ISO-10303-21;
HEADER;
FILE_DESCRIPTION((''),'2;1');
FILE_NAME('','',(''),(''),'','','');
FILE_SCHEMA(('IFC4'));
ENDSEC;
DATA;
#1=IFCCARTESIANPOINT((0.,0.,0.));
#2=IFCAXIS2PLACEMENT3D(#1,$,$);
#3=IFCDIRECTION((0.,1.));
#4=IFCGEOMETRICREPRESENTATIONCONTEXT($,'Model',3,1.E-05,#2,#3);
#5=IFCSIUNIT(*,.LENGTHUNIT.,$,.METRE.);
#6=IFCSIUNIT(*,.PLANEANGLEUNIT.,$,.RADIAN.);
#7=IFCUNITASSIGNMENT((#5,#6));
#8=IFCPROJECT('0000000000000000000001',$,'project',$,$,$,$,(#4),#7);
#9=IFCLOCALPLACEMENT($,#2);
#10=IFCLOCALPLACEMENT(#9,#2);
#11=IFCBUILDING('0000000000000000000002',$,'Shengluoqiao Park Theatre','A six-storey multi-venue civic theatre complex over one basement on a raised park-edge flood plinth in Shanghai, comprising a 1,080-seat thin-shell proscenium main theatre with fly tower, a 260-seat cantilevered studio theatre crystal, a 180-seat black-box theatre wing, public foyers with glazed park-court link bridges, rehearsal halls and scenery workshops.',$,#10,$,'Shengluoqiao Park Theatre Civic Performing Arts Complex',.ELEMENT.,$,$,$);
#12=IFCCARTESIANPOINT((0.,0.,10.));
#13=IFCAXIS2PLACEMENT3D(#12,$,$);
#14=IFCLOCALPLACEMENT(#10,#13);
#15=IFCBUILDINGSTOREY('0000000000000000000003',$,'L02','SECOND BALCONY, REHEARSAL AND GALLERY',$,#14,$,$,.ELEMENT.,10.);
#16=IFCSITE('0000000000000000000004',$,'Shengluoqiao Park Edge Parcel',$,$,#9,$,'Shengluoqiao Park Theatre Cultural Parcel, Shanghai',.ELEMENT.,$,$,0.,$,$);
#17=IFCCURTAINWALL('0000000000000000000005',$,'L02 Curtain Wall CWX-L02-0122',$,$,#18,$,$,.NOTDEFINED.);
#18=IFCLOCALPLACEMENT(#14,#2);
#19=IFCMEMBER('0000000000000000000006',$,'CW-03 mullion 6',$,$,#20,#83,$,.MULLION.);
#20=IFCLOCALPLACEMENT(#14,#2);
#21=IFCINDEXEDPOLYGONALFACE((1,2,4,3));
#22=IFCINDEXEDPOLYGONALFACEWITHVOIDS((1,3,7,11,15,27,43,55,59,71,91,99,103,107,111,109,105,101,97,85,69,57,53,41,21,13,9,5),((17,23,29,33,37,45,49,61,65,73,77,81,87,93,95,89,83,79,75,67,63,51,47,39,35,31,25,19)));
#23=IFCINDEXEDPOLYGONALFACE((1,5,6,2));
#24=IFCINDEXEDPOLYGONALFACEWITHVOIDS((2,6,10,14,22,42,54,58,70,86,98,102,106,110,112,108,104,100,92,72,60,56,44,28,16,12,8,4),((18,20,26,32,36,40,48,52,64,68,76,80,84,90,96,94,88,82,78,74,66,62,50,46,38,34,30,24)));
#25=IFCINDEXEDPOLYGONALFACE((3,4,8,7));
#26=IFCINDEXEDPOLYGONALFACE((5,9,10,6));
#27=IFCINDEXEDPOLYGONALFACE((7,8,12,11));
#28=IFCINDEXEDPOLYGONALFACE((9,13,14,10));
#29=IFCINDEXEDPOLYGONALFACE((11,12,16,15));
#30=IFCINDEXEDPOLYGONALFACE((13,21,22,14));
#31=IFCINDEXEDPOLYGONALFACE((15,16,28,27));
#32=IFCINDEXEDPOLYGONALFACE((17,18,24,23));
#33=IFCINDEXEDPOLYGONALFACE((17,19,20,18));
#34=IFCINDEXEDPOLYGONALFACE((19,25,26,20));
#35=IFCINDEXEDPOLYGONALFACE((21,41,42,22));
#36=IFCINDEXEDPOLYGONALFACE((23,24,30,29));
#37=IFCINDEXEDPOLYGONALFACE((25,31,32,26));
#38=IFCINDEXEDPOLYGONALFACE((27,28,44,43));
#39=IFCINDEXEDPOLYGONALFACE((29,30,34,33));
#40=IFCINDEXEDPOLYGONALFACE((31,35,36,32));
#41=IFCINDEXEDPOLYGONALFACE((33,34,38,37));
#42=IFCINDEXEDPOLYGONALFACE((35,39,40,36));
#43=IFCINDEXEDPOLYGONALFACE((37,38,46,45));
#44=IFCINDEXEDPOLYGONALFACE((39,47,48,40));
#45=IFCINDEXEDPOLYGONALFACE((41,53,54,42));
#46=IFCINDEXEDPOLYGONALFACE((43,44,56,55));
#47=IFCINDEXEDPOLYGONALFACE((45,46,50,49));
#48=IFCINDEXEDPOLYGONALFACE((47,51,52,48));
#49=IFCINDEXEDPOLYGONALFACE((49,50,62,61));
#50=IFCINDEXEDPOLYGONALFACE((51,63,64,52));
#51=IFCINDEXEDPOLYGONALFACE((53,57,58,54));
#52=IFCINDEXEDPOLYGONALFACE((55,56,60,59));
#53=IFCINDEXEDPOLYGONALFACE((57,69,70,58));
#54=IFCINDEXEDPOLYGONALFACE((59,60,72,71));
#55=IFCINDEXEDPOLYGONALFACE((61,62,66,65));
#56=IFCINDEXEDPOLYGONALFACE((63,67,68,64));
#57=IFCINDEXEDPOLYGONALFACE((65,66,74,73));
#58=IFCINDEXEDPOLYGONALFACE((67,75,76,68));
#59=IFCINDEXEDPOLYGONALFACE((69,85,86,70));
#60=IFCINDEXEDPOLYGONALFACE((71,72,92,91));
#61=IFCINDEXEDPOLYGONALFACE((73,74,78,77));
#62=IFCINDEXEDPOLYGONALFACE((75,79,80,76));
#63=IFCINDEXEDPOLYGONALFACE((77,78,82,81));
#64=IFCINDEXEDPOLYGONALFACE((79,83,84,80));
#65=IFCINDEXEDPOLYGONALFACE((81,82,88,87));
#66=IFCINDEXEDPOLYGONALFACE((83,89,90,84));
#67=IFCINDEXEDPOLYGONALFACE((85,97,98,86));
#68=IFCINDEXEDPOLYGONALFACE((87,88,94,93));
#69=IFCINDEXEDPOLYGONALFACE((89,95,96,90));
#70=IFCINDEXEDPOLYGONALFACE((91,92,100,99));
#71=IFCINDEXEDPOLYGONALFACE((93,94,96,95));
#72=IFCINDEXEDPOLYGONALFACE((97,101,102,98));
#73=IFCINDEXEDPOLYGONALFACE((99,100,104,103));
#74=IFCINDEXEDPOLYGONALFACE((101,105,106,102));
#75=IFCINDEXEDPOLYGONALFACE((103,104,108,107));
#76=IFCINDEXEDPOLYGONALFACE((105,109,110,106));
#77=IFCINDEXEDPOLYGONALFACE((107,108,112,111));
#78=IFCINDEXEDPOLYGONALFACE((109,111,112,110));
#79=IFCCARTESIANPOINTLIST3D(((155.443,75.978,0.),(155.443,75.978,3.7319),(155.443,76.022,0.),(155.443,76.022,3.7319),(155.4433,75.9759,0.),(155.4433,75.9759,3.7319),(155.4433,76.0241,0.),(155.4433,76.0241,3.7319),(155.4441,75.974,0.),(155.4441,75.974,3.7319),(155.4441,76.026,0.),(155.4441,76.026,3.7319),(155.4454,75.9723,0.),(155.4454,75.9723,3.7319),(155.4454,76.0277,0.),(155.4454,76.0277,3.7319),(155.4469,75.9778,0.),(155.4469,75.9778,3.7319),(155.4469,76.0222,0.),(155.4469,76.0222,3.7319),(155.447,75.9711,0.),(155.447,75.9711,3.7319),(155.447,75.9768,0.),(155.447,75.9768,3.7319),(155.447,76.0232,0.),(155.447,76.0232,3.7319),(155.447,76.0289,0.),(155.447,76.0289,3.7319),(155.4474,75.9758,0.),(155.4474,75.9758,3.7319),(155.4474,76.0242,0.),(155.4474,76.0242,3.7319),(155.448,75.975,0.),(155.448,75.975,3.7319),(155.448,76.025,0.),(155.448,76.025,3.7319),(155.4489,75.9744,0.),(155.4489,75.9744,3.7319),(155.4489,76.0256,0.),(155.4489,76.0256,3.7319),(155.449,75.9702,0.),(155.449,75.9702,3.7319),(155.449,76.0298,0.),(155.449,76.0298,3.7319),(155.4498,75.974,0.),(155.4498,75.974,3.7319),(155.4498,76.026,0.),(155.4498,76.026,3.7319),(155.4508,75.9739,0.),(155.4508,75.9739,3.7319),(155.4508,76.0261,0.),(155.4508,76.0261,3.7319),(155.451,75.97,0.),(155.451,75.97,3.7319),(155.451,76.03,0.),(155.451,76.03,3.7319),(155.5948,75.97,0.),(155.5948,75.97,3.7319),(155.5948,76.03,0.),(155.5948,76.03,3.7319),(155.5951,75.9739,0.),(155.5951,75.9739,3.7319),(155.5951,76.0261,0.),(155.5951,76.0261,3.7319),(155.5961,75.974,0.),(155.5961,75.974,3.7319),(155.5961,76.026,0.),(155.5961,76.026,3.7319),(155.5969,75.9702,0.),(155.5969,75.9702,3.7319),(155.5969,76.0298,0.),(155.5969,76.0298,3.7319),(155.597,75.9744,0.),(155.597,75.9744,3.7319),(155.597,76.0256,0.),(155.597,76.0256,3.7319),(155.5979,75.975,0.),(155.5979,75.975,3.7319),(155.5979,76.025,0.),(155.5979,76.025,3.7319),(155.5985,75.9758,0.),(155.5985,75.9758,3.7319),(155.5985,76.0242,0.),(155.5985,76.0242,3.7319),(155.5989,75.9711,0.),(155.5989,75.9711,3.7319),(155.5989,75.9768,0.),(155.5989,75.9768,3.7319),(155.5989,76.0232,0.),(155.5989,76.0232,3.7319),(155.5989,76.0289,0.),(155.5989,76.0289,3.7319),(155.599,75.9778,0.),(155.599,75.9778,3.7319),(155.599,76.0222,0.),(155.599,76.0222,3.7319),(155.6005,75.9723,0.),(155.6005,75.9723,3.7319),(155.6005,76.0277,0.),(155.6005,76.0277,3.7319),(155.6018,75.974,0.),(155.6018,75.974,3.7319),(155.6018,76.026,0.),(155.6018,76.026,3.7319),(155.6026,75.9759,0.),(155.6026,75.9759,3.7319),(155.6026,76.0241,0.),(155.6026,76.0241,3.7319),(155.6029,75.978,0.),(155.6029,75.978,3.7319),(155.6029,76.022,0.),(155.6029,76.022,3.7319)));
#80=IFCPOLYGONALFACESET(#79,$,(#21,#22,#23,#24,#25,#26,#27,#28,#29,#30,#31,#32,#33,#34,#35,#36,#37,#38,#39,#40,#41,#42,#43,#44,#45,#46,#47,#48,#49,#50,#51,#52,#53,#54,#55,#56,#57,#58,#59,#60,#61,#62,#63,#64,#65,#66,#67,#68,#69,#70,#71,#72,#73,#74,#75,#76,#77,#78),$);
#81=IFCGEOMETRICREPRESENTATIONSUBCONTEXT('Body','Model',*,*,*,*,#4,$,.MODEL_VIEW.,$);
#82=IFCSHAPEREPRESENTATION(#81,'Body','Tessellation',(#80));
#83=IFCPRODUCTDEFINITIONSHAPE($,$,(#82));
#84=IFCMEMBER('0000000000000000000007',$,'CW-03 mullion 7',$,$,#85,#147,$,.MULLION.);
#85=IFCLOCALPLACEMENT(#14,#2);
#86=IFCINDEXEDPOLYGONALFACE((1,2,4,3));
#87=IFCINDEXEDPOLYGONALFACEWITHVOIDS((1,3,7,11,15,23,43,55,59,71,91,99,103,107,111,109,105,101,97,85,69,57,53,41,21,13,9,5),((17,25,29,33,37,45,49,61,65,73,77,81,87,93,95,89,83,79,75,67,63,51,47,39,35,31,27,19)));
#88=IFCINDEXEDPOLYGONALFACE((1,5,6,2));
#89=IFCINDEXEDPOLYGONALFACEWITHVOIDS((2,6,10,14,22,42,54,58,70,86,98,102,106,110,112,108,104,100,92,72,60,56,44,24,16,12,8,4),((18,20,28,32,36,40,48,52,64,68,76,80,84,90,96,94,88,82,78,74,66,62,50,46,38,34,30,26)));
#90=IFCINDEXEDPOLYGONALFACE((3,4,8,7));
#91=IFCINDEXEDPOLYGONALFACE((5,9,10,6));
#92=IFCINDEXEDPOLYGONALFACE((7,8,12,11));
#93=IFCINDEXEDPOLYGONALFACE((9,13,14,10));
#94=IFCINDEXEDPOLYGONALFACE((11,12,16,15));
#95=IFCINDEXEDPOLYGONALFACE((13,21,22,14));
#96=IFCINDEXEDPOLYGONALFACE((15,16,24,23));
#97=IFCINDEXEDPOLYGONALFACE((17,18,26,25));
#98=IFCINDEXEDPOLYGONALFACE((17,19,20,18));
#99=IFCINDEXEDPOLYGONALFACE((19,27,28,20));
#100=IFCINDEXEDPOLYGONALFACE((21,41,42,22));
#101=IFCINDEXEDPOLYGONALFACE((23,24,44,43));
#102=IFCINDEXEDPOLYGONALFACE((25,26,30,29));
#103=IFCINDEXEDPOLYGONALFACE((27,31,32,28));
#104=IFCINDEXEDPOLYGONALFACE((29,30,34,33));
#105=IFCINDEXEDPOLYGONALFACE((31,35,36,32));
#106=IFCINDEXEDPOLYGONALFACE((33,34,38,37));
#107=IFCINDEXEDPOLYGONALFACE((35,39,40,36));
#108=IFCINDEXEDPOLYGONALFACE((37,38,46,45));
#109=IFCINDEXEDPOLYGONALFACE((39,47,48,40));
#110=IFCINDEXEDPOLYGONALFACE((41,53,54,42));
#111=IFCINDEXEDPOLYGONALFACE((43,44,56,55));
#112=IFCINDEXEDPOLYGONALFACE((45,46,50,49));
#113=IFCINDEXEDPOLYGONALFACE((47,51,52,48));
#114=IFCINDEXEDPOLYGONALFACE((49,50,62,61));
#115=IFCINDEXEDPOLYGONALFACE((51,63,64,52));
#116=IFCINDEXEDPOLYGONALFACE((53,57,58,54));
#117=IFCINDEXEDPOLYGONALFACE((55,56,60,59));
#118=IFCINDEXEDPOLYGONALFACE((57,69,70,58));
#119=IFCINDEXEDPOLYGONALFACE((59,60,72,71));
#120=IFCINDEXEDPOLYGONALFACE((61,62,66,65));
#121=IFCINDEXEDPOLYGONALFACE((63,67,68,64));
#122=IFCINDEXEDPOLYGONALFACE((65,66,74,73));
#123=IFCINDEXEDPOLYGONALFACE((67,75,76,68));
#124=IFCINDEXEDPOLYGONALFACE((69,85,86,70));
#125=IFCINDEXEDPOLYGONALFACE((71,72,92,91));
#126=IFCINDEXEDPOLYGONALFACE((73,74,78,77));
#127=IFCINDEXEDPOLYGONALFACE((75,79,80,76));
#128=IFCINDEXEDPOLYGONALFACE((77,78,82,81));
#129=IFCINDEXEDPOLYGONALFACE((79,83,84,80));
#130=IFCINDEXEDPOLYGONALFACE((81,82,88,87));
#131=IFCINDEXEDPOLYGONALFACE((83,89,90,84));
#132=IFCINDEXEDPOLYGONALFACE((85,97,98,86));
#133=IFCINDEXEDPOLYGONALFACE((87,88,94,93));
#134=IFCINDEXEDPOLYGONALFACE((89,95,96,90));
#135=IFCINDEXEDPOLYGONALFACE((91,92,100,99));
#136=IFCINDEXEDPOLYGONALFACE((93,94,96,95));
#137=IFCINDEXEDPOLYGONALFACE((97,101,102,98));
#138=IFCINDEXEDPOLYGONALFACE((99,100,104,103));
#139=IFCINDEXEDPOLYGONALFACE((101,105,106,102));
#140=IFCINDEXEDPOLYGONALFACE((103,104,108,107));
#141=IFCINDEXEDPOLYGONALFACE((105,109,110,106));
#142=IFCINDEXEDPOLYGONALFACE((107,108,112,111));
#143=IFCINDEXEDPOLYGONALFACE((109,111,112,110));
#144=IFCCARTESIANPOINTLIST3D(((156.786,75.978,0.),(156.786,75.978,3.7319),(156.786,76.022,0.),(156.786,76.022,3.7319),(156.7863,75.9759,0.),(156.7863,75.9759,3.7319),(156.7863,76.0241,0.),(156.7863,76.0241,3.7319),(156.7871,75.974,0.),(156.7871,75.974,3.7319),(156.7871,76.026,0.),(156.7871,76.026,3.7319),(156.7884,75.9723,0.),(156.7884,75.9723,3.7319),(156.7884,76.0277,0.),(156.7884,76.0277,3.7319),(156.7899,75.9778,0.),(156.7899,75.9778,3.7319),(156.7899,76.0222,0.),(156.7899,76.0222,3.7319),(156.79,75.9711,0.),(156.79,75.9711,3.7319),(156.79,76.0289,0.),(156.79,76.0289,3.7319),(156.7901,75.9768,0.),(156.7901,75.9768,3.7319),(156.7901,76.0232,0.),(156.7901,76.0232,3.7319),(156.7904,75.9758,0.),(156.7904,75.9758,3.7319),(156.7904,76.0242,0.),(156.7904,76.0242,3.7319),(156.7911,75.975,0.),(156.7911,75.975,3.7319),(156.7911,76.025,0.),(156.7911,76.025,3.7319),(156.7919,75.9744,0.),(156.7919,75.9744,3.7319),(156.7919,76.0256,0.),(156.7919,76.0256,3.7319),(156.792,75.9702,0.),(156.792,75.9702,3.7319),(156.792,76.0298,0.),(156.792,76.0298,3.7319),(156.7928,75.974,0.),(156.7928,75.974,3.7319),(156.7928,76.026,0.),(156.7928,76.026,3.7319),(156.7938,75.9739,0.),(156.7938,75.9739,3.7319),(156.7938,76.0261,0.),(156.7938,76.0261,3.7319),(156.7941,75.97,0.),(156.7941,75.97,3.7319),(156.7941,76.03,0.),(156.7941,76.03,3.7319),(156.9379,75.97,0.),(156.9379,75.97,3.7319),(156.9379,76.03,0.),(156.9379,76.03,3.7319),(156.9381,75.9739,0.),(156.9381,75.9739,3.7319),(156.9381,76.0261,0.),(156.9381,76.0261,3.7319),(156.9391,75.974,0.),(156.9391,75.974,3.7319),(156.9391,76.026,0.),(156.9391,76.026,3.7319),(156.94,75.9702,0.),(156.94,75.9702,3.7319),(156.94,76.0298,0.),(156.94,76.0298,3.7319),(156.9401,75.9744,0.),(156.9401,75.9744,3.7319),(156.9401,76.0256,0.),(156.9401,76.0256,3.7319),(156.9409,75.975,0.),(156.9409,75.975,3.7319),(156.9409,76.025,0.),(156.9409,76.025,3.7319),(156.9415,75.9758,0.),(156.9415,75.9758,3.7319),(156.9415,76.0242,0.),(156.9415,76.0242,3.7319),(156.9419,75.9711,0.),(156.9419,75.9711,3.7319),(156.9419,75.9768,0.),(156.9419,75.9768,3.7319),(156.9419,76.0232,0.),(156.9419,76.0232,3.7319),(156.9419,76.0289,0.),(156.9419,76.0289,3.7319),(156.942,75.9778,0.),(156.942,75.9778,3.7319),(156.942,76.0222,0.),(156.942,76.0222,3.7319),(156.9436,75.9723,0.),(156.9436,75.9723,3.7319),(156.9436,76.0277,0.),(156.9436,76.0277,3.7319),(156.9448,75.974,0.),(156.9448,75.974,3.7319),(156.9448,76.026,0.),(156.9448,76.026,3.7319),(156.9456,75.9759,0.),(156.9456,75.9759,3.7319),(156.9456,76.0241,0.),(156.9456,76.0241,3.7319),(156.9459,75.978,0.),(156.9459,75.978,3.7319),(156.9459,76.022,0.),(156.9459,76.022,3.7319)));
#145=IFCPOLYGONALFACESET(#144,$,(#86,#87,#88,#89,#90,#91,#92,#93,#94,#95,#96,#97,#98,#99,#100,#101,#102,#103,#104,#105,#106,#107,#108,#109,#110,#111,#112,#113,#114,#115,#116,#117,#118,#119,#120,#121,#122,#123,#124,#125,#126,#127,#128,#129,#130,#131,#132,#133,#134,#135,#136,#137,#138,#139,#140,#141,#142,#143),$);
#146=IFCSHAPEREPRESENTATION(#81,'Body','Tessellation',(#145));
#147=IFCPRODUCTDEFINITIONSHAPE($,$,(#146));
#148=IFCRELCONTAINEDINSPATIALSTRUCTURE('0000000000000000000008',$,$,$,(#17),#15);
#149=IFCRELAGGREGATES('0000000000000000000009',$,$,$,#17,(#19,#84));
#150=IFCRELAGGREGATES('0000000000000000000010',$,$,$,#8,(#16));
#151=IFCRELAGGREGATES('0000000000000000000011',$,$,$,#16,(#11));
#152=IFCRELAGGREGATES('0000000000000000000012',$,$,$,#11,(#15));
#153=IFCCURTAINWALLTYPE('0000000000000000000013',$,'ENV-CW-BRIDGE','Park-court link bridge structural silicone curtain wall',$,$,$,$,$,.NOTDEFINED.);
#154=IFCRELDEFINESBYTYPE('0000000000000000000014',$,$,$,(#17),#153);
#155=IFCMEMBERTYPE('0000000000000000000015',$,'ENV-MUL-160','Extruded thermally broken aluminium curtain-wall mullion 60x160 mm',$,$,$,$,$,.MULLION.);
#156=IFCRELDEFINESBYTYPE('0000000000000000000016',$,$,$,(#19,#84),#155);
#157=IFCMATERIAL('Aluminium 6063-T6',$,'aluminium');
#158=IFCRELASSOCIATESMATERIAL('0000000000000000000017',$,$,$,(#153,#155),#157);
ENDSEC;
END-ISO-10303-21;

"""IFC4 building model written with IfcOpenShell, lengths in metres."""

from ifc_helpers import new_model, si_unit, direction, frame, origin, origin_2d, place, context, subcontext, project, spatial, hollow_rectangle, extrude, material, material_profile, profile_set, type_object, element, aggregate, save


model = new_model("IFC4")

# Units and contexts
model_context = context("Model", 3, precision=1e-05, world=origin(), true_north=direction((0.0, 1.0)))
body_context = subcontext(model_context, "Body", "Model", "MODEL_VIEW")
ifc_project = project(units=[si_unit("LENGTHUNIT", "METRE"), si_unit("PLANEANGLEUNIT", "RADIAN")], contexts=[model_context])

# Site, building, storey
site_placement = place(None, origin())
site = spatial("IfcSite", under=ifc_project, at=site_placement, Name="Shengluoqiao Park Edge Parcel", LongName="Shengluoqiao Park Theatre Cultural Parcel, Shanghai", CompositionType="ELEMENT", RefElevation=0.0)
building_placement = place(site_placement, origin())
building = spatial("IfcBuilding", under=site, at=building_placement, Name="Shengluoqiao Park Theatre", Description="A six-storey multi-venue civic theatre complex over one basement on a raised park-edge flood plinth in Shanghai, comprising a 1,080-seat thin-shell proscenium main theatre with fly tower, a 260-seat cantilevered studio theatre crystal, a 180-seat black-box theatre wing, public foyers with glazed park-court link bridges, rehearsal halls and scenery workshops.", LongName="Shengluoqiao Park Theatre Civic Performing Arts Complex", CompositionType="ELEMENT")
storey_placement = place(building_placement, frame((0.0, 0.0, 10.0)))
storey = spatial("IfcBuildingStorey", under=building, at=storey_placement, Name="L02", Description="SECOND BALCONY, REHEARSAL AND GALLERY", CompositionType="ELEMENT", Elevation=10.0)

# Curtain wall, members
ifc_material_1 = material(Name="Aluminium 6063-T6", Category="aluminium")
curtain_wall_type = type_object("IfcCurtainWallType", Name="ENV-CW-BRIDGE", Description="Park-court link bridge structural silicone curtain wall", PredefinedType="NOTDEFINED", material=ifc_material_1)
curtain_wall_placement = place(storey_placement, origin())
curtain_wall = element("IfcCurtainWall", 1, at=curtain_wall_placement, inside=storey, type_object=curtain_wall_type, Name="L02 Curtain Wall CWX-L02-0122", PredefinedType="NOTDEFINED")
ifc_material_profile_1 = material_profile(ifc_material_1, hollow_rectangle(XDim=0.0601, YDim=0.1599, WallThickness=0.0039, InnerFilletRadius=0.0039, OuterFilletRadius=0.0081, at=origin_2d()), Name="ALU MULLION 160x60x4")
ifc_profile_set_1 = profile_set([ifc_material_profile_1], Name="Aluminium 6063-T6")
member_type_1 = type_object("IfcMemberType", Name="ENV-MUL-160", Description="Extruded thermally broken aluminium curtain-wall mullion 60x160 mm", PredefinedType="MULLION", material=ifc_profile_set_1)
member_1_placement = place(storey_placement, frame((155.5229, 76.0, 0.0), z_axis=(0.0, 0.0, 1.0), x_axis=(0.0, 1.0, 0.0)))
member_1 = element("IfcMember", 2, at=member_1_placement, type_object=member_type_1, Name="CW-03 mullion 6", PredefinedType="MULLION", context=body_context, shape_type="SweptSolid", body=[
    extrude(hollow_rectangle(XDim=0.0601, YDim=0.1599, WallThickness=0.0039, InnerFilletRadius=0.0039, OuterFilletRadius=0.0081, at=origin_2d()), origin(), (0.0, 0.0, 1.0), 3.7319),
])
member_2_placement = place(storey_placement, frame((156.866, 76.0, 0.0), z_axis=(0.0, 0.0, 1.0), x_axis=(0.0, 1.0, 0.0)))
member_2 = element("IfcMember", 3, at=member_2_placement, type_object=member_type_1, Name="CW-03 mullion 7", PredefinedType="MULLION", context=body_context, shape_type="SweptSolid", body=[
    extrude(hollow_rectangle(XDim=0.0601, YDim=0.1599, WallThickness=0.0039, InnerFilletRadius=0.0039, OuterFilletRadius=0.0081, at=origin_2d()), origin(), (0.0, 0.0, 1.0), 3.7319),
])
aggregate(curtain_wall, [member_1, member_2])

save(model, "model.ifc")
